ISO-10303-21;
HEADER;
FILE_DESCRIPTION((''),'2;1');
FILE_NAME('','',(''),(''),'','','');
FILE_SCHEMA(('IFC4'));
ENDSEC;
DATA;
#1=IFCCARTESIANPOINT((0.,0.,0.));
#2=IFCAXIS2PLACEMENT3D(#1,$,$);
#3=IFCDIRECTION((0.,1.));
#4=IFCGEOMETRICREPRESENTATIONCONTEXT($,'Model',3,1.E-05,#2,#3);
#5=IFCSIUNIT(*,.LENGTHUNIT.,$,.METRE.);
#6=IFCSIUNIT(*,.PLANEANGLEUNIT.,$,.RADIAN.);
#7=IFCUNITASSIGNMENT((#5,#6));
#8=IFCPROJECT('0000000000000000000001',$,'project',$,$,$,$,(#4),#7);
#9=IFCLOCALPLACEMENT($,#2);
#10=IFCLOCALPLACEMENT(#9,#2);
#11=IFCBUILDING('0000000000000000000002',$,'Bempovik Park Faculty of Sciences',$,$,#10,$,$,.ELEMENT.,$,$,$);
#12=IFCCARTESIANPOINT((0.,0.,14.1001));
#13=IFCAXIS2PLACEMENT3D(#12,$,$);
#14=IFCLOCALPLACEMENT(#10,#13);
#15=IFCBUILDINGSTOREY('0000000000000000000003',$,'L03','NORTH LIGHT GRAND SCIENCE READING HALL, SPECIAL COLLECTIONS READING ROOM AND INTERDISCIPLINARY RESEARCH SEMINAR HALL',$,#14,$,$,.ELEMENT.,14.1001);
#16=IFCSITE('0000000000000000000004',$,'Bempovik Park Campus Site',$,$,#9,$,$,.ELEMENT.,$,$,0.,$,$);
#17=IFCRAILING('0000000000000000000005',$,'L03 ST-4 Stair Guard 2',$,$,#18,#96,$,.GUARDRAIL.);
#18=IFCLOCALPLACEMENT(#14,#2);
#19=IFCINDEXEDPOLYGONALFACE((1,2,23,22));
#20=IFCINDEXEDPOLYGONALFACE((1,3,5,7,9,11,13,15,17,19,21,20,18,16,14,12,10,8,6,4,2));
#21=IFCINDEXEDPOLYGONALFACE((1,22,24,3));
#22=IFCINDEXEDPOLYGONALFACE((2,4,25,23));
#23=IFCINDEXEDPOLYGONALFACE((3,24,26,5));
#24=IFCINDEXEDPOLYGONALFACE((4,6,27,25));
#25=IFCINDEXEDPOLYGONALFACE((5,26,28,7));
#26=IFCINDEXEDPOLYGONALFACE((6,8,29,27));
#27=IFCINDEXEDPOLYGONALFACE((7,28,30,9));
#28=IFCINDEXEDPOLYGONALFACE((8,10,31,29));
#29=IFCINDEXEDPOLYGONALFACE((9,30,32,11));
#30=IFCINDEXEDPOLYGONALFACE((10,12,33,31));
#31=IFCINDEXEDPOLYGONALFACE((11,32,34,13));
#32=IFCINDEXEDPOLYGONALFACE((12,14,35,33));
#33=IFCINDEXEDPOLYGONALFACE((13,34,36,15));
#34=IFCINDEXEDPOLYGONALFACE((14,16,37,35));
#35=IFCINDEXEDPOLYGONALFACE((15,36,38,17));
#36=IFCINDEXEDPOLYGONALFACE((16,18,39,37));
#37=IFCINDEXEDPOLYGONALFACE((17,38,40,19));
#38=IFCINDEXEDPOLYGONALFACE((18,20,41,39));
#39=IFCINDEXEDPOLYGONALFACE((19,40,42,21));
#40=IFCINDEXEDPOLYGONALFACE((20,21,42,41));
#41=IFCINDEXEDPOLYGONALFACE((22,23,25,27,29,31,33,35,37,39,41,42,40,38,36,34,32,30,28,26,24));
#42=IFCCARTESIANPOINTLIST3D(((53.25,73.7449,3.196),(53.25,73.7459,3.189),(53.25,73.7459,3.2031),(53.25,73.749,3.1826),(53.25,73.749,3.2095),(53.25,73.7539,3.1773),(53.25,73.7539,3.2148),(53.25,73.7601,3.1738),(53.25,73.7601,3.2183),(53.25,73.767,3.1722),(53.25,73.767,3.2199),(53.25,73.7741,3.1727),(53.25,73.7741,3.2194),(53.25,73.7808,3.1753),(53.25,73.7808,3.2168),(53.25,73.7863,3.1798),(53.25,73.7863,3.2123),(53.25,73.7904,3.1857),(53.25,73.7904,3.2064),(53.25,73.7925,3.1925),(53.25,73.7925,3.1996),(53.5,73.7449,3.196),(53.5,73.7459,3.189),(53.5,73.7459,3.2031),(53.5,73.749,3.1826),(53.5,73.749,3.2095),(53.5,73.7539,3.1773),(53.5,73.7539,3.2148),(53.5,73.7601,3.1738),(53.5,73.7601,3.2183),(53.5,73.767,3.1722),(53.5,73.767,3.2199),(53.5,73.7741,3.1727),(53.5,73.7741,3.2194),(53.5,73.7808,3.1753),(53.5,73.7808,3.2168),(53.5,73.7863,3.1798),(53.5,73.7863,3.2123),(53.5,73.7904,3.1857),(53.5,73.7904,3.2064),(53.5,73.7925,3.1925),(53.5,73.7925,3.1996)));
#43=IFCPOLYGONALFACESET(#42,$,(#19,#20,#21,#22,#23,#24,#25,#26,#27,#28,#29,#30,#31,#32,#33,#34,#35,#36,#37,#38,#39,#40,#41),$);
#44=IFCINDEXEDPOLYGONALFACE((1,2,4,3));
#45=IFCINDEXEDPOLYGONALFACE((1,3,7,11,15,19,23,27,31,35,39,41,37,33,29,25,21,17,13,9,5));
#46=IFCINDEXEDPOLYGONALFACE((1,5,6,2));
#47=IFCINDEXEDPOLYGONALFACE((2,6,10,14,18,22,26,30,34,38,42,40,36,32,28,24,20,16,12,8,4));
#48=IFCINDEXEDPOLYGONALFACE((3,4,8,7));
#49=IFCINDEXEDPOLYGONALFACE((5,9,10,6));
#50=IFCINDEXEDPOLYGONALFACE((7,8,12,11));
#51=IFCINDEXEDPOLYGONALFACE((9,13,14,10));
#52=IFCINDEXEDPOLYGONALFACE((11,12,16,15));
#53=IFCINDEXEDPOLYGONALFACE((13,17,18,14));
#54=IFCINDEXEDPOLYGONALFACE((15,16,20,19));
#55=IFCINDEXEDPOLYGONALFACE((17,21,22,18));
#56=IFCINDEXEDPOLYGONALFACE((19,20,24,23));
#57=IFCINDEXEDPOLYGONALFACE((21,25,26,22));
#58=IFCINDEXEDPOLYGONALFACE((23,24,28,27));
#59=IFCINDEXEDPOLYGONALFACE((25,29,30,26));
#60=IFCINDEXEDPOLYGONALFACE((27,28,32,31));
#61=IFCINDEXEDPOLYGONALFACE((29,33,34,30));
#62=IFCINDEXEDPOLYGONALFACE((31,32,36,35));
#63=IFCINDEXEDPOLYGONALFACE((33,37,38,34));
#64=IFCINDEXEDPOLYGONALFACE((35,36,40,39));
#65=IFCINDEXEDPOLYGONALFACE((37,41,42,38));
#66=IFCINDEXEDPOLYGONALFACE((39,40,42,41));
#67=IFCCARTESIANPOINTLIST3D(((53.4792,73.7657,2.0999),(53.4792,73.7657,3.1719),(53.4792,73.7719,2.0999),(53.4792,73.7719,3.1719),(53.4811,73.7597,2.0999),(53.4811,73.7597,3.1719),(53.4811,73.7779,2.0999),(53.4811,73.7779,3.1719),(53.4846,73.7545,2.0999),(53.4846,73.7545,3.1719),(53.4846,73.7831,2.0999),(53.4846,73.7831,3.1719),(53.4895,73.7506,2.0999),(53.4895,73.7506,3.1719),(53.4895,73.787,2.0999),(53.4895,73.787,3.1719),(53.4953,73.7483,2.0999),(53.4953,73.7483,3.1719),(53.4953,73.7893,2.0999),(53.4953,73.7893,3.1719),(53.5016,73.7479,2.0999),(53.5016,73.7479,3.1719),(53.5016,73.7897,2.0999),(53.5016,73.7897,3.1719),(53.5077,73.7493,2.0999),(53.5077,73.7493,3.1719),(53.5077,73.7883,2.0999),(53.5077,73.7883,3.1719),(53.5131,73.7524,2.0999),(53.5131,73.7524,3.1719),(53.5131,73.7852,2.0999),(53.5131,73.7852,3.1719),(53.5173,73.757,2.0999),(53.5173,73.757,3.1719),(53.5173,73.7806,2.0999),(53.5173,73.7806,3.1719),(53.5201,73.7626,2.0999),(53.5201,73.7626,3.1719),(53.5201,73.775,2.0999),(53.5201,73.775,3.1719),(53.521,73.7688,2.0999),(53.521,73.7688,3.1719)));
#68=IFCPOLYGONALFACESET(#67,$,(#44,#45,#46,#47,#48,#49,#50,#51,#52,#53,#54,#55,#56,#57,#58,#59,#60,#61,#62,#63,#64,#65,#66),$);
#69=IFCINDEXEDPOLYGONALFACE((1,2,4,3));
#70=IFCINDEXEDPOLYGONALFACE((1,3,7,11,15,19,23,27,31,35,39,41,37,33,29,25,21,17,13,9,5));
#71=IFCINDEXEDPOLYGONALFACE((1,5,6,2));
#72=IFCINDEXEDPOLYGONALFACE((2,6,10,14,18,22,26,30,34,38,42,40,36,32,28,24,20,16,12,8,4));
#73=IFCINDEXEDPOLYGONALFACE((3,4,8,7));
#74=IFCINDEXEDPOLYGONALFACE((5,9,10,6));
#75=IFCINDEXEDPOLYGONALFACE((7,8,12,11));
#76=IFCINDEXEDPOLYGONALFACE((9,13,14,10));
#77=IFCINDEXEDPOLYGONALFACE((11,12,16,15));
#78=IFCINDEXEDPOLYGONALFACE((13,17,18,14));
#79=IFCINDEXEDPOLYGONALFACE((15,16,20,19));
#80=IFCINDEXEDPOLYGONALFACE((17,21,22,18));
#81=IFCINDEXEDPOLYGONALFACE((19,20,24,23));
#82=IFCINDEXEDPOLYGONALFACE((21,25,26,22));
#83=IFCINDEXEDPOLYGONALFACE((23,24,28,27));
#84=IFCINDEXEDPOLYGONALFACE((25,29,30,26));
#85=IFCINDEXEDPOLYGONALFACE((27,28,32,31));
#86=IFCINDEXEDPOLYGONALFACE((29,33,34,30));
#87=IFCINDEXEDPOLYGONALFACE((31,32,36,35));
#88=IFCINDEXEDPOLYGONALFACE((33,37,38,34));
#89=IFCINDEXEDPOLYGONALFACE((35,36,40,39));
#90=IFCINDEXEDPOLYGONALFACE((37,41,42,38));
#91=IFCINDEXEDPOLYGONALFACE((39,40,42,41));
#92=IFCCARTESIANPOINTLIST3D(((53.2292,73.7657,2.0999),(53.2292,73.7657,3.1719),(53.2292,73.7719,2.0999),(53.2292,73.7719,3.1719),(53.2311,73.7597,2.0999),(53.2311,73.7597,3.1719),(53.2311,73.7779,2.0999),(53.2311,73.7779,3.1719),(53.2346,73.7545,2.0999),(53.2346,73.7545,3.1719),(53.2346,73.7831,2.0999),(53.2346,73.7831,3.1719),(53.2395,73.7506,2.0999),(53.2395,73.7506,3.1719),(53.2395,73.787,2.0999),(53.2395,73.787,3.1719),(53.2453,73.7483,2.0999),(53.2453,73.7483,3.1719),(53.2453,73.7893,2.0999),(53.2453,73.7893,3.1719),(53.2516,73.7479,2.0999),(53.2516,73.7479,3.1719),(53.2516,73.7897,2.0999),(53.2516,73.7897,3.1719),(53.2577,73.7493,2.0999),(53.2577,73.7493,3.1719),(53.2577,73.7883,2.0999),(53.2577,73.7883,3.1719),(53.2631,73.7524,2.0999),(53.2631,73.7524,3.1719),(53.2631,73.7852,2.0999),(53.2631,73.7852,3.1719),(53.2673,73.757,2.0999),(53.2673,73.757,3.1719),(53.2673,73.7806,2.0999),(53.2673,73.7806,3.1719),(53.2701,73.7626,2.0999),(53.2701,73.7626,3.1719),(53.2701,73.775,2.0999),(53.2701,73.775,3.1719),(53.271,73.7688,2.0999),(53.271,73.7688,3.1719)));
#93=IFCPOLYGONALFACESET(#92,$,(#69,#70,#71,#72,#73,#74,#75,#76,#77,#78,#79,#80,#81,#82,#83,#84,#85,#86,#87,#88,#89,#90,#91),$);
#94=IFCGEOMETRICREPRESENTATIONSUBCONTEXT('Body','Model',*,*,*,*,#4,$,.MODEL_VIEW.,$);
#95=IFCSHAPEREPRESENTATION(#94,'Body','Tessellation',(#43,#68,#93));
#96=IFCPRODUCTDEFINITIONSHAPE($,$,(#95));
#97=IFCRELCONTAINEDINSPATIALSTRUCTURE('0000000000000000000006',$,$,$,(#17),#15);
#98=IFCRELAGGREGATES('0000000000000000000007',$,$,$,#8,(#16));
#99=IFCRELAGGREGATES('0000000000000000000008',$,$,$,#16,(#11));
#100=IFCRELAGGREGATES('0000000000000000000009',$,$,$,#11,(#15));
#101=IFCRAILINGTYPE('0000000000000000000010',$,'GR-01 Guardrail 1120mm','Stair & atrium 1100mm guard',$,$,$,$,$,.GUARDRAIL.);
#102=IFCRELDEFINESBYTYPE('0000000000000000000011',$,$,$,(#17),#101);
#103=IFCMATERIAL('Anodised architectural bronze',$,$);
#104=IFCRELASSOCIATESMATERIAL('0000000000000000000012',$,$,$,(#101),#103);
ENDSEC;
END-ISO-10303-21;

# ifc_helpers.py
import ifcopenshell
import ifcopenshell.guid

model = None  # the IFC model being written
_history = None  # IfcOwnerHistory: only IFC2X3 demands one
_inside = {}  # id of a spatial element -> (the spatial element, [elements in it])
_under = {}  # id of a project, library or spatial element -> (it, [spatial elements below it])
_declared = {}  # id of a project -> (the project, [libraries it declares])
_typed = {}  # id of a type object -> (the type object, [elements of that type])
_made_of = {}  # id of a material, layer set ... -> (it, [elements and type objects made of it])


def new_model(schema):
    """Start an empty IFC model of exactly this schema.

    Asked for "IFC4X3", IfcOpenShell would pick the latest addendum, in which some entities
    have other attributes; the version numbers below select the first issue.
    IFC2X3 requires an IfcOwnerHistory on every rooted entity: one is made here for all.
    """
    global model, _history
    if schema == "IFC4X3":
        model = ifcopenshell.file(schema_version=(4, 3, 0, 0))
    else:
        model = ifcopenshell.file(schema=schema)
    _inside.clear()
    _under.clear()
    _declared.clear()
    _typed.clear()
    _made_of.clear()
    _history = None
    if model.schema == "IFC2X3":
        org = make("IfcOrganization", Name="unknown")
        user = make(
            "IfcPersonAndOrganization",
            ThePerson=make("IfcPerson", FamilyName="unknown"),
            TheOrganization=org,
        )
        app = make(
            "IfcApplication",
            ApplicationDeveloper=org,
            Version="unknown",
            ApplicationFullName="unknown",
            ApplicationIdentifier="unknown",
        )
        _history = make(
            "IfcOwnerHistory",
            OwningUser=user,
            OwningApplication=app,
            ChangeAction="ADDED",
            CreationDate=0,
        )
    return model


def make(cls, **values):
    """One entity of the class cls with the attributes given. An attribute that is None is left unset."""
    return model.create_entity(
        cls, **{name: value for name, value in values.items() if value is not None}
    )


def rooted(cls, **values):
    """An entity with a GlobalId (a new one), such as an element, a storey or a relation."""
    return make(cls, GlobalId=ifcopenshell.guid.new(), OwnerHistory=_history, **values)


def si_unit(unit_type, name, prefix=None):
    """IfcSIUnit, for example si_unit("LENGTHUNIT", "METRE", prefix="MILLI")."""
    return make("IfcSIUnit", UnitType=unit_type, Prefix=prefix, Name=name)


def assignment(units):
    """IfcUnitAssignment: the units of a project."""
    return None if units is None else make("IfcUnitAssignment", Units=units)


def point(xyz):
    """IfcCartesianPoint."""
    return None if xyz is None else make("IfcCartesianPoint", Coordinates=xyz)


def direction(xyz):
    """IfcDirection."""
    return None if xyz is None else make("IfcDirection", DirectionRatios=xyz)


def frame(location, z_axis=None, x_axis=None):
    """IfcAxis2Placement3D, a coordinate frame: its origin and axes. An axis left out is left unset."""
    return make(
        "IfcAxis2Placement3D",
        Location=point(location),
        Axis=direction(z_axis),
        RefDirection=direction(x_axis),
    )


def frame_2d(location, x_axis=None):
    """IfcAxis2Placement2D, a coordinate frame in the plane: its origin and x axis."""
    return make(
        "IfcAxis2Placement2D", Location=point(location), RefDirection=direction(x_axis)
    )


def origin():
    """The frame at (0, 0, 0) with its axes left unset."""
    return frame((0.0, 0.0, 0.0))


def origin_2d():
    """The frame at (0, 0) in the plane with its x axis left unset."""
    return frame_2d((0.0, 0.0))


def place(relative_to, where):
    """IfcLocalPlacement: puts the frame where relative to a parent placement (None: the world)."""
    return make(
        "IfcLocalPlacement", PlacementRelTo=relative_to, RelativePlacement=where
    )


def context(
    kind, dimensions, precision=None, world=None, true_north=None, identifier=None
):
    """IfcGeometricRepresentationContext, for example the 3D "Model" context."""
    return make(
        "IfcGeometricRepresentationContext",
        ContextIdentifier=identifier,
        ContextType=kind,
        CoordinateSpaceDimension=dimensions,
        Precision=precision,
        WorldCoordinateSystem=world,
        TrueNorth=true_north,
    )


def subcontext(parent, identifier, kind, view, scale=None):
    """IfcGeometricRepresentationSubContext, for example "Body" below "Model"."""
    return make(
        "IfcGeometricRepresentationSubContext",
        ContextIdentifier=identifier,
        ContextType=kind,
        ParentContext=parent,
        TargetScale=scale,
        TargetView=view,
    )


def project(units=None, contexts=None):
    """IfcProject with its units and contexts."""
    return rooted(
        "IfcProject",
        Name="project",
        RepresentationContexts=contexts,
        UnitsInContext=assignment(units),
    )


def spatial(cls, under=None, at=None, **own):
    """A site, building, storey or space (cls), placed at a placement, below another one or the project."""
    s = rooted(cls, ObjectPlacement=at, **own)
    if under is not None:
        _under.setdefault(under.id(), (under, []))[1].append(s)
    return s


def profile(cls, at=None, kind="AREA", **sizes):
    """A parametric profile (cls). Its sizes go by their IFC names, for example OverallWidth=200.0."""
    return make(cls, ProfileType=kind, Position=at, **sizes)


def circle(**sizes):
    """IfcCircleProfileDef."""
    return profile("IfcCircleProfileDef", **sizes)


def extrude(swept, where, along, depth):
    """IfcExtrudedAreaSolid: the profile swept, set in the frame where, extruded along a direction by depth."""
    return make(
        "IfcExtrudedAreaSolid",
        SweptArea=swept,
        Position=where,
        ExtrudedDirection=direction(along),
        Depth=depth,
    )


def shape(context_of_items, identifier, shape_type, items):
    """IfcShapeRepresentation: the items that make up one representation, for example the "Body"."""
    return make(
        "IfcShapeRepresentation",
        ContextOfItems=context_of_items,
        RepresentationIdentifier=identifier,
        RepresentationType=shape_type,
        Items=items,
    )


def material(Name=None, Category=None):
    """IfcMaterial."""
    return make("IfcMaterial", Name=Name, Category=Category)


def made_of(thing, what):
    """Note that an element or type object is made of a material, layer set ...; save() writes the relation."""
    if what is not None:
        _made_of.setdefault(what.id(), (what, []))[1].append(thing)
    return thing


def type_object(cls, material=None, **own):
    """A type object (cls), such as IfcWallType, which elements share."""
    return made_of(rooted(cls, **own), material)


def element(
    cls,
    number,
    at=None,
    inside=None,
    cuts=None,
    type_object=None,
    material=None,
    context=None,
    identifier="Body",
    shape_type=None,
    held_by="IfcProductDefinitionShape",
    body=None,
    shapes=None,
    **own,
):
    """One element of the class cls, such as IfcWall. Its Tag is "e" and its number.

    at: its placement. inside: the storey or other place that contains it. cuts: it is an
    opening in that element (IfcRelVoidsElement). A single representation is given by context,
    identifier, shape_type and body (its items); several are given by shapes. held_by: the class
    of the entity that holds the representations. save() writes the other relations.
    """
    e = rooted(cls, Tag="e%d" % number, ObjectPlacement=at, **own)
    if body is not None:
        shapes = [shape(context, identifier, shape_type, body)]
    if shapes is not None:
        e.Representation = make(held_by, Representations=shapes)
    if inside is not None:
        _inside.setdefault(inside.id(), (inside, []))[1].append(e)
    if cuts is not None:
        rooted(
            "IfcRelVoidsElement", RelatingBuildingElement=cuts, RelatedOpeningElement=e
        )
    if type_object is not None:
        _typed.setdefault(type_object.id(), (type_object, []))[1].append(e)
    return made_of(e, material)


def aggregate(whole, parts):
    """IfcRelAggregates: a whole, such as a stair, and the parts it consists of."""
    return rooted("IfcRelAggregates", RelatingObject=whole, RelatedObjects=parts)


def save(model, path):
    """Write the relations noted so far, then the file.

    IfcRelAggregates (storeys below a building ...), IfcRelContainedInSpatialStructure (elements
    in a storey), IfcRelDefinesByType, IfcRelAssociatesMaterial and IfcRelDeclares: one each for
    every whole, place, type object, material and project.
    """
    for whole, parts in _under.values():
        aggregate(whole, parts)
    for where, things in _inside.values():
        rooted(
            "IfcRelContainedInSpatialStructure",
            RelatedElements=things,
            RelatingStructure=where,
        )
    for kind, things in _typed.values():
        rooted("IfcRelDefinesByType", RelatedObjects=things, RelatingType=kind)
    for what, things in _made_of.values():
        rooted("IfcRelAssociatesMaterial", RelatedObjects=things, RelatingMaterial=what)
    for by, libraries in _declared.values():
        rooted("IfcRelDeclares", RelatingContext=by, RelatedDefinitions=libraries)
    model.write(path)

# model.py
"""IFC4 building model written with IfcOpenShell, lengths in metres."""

from ifc_helpers import new_model, si_unit, direction, frame, origin, origin_2d, place, context, subcontext, project, spatial, circle, extrude, material, type_object, element, save


model = new_model("IFC4")

# Units and contexts
model_context = context("Model", 3, precision=1e-05, world=origin(), true_north=direction((0.0, 1.0)))
body_context = subcontext(model_context, "Body", "Model", "MODEL_VIEW")
ifc_project = project(units=[si_unit("LENGTHUNIT", "METRE"), si_unit("PLANEANGLEUNIT", "RADIAN")], contexts=[model_context])

# Site, building, storey
site_placement = place(None, origin())
site = spatial("IfcSite", under=ifc_project, at=site_placement, Name="Bempovik Park Campus Site", CompositionType="ELEMENT", RefElevation=0.0)
building_placement = place(site_placement, origin())
building = spatial("IfcBuilding", under=site, at=building_placement, Name="Bempovik Park Faculty of Sciences", CompositionType="ELEMENT")
storey_placement = place(building_placement, frame((0.0, 0.0, 14.1001)))
storey = spatial("IfcBuildingStorey", under=building, at=storey_placement, Name="L03", Description="NORTH LIGHT GRAND SCIENCE READING HALL, SPECIAL COLLECTIONS READING ROOM AND INTERDISCIPLINARY RESEARCH SEMINAR HALL", CompositionType="ELEMENT", Elevation=14.1001)

# Shared definitions
ifc_material_1 = material(Name="Anodised architectural bronze")

# Railing
railing_type_1 = type_object("IfcRailingType", Name="GR-01 Guardrail 1120mm", Description="Stair & atrium 1100mm guard", PredefinedType="GUARDRAIL", material=ifc_material_1)
railing_1_placement = place(storey_placement, frame((53.5, 73.7688, 2.0999)))
element("IfcRailing", 1, at=railing_1_placement, inside=storey, type_object=railing_type_1, Name="L03 ST-4 Stair Guard 2", PredefinedType="GUARDRAIL", context=body_context, shape_type="SweptSolid", body=[
    extrude(circle(Radius=0.0239, at=origin_2d()), frame((0.0, 0.0, 1.0962), z_axis=(-1.0, 0.0, 0.0), x_axis=(0.0, -1.0, 0.0)), (0.0, 0.0, 1.0), 0.25),
    extrude(circle(Radius=0.021, at=origin_2d()), origin(), (0.0, 0.0, 1.0), 1.072),
    extrude(circle(Radius=0.021, at=origin_2d()), frame((-0.25, 0.0, 0.0)), (0.0, 0.0, 1.0), 1.072),
])

save(model, "model.ifc")
